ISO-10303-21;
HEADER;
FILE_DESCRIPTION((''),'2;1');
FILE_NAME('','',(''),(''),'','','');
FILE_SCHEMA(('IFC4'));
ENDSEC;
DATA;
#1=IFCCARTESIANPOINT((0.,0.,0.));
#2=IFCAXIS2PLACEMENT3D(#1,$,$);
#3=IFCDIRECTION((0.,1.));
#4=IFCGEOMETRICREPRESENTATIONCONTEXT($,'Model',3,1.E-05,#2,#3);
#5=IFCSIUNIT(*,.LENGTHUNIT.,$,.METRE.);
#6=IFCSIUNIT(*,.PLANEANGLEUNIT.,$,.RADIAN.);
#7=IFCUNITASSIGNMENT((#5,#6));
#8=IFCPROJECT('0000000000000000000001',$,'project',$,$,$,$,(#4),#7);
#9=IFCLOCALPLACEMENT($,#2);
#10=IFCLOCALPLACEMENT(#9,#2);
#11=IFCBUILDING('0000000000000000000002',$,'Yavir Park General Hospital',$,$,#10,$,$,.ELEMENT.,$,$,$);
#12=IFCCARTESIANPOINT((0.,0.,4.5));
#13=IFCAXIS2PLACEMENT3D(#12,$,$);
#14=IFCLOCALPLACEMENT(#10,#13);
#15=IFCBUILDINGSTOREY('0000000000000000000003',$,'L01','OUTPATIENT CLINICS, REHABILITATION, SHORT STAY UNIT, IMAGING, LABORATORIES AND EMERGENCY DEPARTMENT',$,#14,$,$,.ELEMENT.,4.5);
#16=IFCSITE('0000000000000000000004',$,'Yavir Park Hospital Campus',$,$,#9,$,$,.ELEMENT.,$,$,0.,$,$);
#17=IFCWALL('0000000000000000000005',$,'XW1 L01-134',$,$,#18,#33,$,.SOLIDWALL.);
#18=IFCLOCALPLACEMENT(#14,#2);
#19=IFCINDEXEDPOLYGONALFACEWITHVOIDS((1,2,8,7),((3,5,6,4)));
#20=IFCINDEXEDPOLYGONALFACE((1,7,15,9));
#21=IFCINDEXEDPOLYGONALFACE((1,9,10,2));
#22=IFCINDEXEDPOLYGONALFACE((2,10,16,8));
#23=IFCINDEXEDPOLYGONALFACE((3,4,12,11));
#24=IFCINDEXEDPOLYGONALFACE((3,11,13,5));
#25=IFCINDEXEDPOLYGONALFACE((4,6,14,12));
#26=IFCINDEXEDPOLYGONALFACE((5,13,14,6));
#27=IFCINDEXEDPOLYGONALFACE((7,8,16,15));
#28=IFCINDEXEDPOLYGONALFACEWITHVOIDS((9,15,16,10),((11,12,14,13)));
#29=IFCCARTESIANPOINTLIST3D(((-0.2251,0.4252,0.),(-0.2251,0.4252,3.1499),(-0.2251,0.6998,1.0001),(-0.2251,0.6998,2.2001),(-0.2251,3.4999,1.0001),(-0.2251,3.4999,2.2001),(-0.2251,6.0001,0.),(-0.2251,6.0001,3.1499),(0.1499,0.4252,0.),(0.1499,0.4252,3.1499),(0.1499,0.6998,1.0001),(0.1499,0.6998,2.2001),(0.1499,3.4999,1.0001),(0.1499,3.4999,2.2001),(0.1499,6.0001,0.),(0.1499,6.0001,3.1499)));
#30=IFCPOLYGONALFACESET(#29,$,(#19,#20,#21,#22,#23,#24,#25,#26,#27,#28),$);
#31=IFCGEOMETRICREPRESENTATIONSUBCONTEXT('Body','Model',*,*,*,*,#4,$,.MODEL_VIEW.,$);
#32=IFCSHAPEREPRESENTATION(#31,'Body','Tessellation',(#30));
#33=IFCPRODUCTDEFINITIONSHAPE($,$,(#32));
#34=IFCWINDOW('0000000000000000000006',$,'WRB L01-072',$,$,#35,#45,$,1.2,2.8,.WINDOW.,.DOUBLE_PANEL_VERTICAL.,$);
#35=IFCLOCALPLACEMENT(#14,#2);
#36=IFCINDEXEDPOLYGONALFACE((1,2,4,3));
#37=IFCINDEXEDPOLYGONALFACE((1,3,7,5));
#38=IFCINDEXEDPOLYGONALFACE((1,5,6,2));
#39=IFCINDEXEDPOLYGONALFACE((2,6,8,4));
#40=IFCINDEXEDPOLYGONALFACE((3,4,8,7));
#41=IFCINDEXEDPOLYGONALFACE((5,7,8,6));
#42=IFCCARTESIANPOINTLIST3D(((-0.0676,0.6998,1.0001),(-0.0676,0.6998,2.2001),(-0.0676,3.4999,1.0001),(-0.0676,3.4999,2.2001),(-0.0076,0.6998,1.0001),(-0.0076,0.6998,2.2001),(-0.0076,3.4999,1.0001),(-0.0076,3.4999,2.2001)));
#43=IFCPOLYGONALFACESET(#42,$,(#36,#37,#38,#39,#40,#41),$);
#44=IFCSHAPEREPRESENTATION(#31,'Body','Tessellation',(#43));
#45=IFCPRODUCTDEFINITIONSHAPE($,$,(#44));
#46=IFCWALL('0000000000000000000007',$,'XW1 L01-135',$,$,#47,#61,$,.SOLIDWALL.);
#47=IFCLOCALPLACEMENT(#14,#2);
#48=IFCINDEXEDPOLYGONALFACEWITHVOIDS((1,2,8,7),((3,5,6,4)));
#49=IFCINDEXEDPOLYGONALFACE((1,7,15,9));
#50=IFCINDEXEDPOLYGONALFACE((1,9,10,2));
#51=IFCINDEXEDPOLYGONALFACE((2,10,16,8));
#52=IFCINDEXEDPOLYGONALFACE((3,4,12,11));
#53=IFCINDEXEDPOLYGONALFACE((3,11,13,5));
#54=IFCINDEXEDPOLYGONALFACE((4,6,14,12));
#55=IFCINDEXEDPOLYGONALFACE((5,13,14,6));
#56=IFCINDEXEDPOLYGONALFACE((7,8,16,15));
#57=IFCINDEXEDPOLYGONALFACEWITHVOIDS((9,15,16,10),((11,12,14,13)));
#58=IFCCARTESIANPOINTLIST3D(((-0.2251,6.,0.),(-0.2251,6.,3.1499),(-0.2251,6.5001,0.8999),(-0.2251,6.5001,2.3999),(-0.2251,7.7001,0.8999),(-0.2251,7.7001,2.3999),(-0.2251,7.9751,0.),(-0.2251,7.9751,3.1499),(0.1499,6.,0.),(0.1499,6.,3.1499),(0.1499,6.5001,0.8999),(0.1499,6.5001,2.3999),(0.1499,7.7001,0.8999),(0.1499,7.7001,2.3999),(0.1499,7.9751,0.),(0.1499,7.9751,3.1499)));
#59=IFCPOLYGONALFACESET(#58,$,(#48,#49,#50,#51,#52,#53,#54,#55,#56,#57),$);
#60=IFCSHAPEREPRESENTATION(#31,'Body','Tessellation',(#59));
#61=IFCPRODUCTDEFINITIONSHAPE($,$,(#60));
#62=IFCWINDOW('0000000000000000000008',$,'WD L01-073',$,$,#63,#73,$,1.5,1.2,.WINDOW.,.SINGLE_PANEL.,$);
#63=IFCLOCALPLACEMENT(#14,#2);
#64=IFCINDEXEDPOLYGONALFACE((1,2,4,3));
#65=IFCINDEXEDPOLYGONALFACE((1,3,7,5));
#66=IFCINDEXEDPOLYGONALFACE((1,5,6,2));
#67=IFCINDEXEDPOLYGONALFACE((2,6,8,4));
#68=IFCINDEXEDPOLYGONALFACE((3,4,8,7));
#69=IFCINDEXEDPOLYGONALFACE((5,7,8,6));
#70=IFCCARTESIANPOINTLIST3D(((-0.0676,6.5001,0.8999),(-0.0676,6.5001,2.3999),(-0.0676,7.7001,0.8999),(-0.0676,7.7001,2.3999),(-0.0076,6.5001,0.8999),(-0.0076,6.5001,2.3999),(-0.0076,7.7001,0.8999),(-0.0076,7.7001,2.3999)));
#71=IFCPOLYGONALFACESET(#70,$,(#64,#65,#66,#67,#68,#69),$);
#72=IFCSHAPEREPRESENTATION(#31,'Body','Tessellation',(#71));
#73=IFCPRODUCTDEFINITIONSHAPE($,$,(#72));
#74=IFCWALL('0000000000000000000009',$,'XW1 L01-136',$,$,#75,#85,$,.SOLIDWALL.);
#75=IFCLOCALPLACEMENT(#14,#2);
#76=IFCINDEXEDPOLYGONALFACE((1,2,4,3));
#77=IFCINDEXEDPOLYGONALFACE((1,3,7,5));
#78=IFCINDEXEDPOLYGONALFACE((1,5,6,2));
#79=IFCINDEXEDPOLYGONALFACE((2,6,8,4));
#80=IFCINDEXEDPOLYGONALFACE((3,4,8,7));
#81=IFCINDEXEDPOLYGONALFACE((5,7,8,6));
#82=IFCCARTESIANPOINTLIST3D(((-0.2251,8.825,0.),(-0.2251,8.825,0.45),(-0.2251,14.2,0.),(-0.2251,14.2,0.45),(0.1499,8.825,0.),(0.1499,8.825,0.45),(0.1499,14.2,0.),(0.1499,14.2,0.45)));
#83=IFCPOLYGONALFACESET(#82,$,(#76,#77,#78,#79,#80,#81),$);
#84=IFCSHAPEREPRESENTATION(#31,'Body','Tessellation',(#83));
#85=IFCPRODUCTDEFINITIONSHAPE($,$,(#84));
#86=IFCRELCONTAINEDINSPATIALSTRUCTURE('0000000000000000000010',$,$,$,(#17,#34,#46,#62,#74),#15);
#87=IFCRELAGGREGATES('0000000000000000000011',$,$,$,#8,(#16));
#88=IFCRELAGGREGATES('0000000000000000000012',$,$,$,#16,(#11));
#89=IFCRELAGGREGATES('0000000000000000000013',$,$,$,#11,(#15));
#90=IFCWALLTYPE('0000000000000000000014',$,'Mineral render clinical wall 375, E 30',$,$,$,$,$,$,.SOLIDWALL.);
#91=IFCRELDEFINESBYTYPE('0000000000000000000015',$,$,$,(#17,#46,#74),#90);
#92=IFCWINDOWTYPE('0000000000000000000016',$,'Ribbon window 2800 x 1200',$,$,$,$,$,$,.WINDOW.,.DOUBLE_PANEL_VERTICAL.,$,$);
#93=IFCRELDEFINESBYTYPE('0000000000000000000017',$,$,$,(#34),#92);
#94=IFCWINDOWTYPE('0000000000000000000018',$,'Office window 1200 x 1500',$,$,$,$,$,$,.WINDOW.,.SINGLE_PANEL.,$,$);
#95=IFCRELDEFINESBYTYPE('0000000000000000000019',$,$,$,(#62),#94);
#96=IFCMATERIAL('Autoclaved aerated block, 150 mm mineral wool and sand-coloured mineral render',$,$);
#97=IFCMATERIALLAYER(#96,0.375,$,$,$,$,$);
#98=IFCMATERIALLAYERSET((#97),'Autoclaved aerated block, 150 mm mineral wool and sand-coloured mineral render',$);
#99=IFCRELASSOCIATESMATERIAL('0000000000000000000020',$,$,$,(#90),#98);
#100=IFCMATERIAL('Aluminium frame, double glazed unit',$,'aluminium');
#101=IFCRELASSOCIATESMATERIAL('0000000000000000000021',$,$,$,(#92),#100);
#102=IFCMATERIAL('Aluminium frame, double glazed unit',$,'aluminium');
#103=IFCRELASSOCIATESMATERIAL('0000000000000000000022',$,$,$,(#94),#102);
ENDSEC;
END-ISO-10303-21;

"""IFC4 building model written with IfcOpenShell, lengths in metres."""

from ifc_helpers import new_model, si_unit, direction, frame, frame_2d, origin, place, context, subcontext, project, spatial, rectangle, extrude, material, layer, layer_set, type_object, element, fill, save


model = new_model("IFC4")

# Units and contexts
model_context = context("Model", 3, precision=1e-05, world=origin(), true_north=direction((0.0, 1.0)))
body_context = subcontext(model_context, "Body", "Model", "MODEL_VIEW")
ifc_project = project(units=[si_unit("LENGTHUNIT", "METRE"), si_unit("PLANEANGLEUNIT", "RADIAN")], contexts=[model_context])

# Site, building, storey
site_placement = place(None, origin())
site = spatial("IfcSite", under=ifc_project, at=site_placement, Name="Yavir Park Hospital Campus", CompositionType="ELEMENT", RefElevation=0.0)
building_placement = place(site_placement, origin())
building = spatial("IfcBuilding", under=site, at=building_placement, Name="Yavir Park General Hospital", CompositionType="ELEMENT")
storey_placement = place(building_placement, frame((0.0, 0.0, 4.5)))
storey = spatial("IfcBuildingStorey", under=building, at=storey_placement, Name="L01", Description="OUTPATIENT CLINICS, REHABILITATION, SHORT STAY UNIT, IMAGING, LABORATORIES AND EMERGENCY DEPARTMENT", CompositionType="ELEMENT", Elevation=4.5)

# Walls, openings, windows
ifc_material_1 = material(Name="Autoclaved aerated block, 150 mm mineral wool and sand-coloured mineral render")
ifc_layer_1 = layer(ifc_material_1, 0.375)
ifc_layer_set_1 = layer_set([ifc_layer_1], Name="Autoclaved aerated block, 150 mm mineral wool and sand-coloured mineral render")
wall_type = type_object("IfcWallType", Name="Mineral render clinical wall 375, E 30", PredefinedType="SOLIDWALL", material=ifc_layer_set_1)
wall_1_placement = place(storey_placement, frame((-0.0376, 0.425, 0.0), z_axis=(0.0, 0.0, 1.0), x_axis=(0.0, 1.0, 0.0)))
wall_1 = element("IfcWall", 1, at=wall_1_placement, inside=storey, type_object=wall_type, Name="XW1 L01-134", PredefinedType="SOLIDWALL", context=body_context, shape_type="SweptSolid", body=[
    extrude(rectangle(XDim=5.575, YDim=0.375, at=frame_2d((2.7876, 0.0))), origin(), (0.0, 0.0, 1.0), 3.1499),
])
opening_1_placement = place(wall_1_placement, frame((0.2749, 0.0, 1.0)))
opening_1 = element("IfcOpeningElement", 2, at=opening_1_placement, cuts=wall_1, PredefinedType="OPENING", context=body_context, shape_type="SweptSolid", body=[
    extrude(rectangle(XDim=2.8, YDim=1.2, at=frame_2d((1.3999, 0.6001))), frame((0.0, 0.1975, 0.0), z_axis=(0.0, -1.0, 0.0), x_axis=(1.0, 0.0, 0.0)), (0.0, 0.0, 1.0), 0.395),
])
ifc_material_2 = material(Name="Aluminium frame, double glazed unit", Category="aluminium")
window_type_1 = type_object("IfcWindowType", Name="Ribbon window 2800 x 1200", PartitioningType="DOUBLE_PANEL_VERTICAL", PredefinedType="WINDOW", material=ifc_material_2)
window_1_placement = place(opening_1_placement, origin())
window_1 = element("IfcWindow", 3, at=window_1_placement, inside=storey, type_object=window_type_1, Name="WRB L01-072", OverallHeight=1.2, OverallWidth=2.8, PartitioningType="DOUBLE_PANEL_VERTICAL", PredefinedType="WINDOW", context=body_context, shape_type="SweptSolid", body=[
    extrude(rectangle(XDim=2.8, YDim=1.2, at=frame_2d((1.3999, 0.6001))), frame((0.0, 0.03, 0.0), z_axis=(0.0, -1.0, 0.0), x_axis=(1.0, 0.0, 0.0)), (0.0, 0.0, 1.0), 0.0601),
])
fill(opening_1, window_1)
wall_2_placement = place(storey_placement, frame((-0.0376, 6.0, 0.0), z_axis=(0.0, 0.0, 1.0), x_axis=(0.0, 1.0, 0.0)))
wall_2 = element("IfcWall", 4, at=wall_2_placement, inside=storey, type_object=wall_type, Name="XW1 L01-135", PredefinedType="SOLIDWALL", context=body_context, shape_type="SweptSolid", body=[
    extrude(rectangle(XDim=1.9751, YDim=0.375, at=frame_2d((0.9875, 0.0))), origin(), (0.0, 0.0, 1.0), 3.1499),
])
opening_2_placement = place(wall_2_placement, frame((0.5, 0.0, 0.8999)))
opening_2 = element("IfcOpeningElement", 5, at=opening_2_placement, cuts=wall_2, PredefinedType="OPENING", context=body_context, shape_type="SweptSolid", body=[
    extrude(rectangle(XDim=1.2, YDim=1.5, at=frame_2d((0.6001, 0.75))), frame((0.0, 0.1975, 0.0), z_axis=(0.0, -1.0, 0.0), x_axis=(1.0, 0.0, 0.0)), (0.0, 0.0, 1.0), 0.395),
])
ifc_material_3 = material(Name="Aluminium frame, double glazed unit", Category="aluminium")
window_type_2 = type_object("IfcWindowType", Name="Office window 1200 x 1500", PartitioningType="SINGLE_PANEL", PredefinedType="WINDOW", material=ifc_material_3)
window_2_placement = place(opening_2_placement, origin())
window_2 = element("IfcWindow", 6, at=window_2_placement, inside=storey, type_object=window_type_2, Name="WD L01-073", OverallHeight=1.5, OverallWidth=1.2, PartitioningType="SINGLE_PANEL", PredefinedType="WINDOW", context=body_context, shape_type="SweptSolid", body=[
    extrude(rectangle(XDim=1.2, YDim=1.5, at=frame_2d((0.6001, 0.75))), frame((0.0, 0.03, 0.0), z_axis=(0.0, -1.0, 0.0), x_axis=(1.0, 0.0, 0.0)), (0.0, 0.0, 1.0), 0.0601),
])
fill(opening_2, window_2)

# Wall
wall_3_placement = place(storey_placement, frame((-0.0376, 8.825, 0.0), z_axis=(0.0, 0.0, 1.0), x_axis=(0.0, 1.0, 0.0)))
element("IfcWall", 7, at=wall_3_placement, inside=storey, type_object=wall_type, Name="XW1 L01-136", PredefinedType="SOLIDWALL", context=body_context, shape_type="SweptSolid", body=[
    extrude(rectangle(XDim=5.375, YDim=0.375, at=frame_2d((2.6875, 0.0))), origin(), (0.0, 0.0, 1.0), 0.45),
])

save(model, "model.ifc")
